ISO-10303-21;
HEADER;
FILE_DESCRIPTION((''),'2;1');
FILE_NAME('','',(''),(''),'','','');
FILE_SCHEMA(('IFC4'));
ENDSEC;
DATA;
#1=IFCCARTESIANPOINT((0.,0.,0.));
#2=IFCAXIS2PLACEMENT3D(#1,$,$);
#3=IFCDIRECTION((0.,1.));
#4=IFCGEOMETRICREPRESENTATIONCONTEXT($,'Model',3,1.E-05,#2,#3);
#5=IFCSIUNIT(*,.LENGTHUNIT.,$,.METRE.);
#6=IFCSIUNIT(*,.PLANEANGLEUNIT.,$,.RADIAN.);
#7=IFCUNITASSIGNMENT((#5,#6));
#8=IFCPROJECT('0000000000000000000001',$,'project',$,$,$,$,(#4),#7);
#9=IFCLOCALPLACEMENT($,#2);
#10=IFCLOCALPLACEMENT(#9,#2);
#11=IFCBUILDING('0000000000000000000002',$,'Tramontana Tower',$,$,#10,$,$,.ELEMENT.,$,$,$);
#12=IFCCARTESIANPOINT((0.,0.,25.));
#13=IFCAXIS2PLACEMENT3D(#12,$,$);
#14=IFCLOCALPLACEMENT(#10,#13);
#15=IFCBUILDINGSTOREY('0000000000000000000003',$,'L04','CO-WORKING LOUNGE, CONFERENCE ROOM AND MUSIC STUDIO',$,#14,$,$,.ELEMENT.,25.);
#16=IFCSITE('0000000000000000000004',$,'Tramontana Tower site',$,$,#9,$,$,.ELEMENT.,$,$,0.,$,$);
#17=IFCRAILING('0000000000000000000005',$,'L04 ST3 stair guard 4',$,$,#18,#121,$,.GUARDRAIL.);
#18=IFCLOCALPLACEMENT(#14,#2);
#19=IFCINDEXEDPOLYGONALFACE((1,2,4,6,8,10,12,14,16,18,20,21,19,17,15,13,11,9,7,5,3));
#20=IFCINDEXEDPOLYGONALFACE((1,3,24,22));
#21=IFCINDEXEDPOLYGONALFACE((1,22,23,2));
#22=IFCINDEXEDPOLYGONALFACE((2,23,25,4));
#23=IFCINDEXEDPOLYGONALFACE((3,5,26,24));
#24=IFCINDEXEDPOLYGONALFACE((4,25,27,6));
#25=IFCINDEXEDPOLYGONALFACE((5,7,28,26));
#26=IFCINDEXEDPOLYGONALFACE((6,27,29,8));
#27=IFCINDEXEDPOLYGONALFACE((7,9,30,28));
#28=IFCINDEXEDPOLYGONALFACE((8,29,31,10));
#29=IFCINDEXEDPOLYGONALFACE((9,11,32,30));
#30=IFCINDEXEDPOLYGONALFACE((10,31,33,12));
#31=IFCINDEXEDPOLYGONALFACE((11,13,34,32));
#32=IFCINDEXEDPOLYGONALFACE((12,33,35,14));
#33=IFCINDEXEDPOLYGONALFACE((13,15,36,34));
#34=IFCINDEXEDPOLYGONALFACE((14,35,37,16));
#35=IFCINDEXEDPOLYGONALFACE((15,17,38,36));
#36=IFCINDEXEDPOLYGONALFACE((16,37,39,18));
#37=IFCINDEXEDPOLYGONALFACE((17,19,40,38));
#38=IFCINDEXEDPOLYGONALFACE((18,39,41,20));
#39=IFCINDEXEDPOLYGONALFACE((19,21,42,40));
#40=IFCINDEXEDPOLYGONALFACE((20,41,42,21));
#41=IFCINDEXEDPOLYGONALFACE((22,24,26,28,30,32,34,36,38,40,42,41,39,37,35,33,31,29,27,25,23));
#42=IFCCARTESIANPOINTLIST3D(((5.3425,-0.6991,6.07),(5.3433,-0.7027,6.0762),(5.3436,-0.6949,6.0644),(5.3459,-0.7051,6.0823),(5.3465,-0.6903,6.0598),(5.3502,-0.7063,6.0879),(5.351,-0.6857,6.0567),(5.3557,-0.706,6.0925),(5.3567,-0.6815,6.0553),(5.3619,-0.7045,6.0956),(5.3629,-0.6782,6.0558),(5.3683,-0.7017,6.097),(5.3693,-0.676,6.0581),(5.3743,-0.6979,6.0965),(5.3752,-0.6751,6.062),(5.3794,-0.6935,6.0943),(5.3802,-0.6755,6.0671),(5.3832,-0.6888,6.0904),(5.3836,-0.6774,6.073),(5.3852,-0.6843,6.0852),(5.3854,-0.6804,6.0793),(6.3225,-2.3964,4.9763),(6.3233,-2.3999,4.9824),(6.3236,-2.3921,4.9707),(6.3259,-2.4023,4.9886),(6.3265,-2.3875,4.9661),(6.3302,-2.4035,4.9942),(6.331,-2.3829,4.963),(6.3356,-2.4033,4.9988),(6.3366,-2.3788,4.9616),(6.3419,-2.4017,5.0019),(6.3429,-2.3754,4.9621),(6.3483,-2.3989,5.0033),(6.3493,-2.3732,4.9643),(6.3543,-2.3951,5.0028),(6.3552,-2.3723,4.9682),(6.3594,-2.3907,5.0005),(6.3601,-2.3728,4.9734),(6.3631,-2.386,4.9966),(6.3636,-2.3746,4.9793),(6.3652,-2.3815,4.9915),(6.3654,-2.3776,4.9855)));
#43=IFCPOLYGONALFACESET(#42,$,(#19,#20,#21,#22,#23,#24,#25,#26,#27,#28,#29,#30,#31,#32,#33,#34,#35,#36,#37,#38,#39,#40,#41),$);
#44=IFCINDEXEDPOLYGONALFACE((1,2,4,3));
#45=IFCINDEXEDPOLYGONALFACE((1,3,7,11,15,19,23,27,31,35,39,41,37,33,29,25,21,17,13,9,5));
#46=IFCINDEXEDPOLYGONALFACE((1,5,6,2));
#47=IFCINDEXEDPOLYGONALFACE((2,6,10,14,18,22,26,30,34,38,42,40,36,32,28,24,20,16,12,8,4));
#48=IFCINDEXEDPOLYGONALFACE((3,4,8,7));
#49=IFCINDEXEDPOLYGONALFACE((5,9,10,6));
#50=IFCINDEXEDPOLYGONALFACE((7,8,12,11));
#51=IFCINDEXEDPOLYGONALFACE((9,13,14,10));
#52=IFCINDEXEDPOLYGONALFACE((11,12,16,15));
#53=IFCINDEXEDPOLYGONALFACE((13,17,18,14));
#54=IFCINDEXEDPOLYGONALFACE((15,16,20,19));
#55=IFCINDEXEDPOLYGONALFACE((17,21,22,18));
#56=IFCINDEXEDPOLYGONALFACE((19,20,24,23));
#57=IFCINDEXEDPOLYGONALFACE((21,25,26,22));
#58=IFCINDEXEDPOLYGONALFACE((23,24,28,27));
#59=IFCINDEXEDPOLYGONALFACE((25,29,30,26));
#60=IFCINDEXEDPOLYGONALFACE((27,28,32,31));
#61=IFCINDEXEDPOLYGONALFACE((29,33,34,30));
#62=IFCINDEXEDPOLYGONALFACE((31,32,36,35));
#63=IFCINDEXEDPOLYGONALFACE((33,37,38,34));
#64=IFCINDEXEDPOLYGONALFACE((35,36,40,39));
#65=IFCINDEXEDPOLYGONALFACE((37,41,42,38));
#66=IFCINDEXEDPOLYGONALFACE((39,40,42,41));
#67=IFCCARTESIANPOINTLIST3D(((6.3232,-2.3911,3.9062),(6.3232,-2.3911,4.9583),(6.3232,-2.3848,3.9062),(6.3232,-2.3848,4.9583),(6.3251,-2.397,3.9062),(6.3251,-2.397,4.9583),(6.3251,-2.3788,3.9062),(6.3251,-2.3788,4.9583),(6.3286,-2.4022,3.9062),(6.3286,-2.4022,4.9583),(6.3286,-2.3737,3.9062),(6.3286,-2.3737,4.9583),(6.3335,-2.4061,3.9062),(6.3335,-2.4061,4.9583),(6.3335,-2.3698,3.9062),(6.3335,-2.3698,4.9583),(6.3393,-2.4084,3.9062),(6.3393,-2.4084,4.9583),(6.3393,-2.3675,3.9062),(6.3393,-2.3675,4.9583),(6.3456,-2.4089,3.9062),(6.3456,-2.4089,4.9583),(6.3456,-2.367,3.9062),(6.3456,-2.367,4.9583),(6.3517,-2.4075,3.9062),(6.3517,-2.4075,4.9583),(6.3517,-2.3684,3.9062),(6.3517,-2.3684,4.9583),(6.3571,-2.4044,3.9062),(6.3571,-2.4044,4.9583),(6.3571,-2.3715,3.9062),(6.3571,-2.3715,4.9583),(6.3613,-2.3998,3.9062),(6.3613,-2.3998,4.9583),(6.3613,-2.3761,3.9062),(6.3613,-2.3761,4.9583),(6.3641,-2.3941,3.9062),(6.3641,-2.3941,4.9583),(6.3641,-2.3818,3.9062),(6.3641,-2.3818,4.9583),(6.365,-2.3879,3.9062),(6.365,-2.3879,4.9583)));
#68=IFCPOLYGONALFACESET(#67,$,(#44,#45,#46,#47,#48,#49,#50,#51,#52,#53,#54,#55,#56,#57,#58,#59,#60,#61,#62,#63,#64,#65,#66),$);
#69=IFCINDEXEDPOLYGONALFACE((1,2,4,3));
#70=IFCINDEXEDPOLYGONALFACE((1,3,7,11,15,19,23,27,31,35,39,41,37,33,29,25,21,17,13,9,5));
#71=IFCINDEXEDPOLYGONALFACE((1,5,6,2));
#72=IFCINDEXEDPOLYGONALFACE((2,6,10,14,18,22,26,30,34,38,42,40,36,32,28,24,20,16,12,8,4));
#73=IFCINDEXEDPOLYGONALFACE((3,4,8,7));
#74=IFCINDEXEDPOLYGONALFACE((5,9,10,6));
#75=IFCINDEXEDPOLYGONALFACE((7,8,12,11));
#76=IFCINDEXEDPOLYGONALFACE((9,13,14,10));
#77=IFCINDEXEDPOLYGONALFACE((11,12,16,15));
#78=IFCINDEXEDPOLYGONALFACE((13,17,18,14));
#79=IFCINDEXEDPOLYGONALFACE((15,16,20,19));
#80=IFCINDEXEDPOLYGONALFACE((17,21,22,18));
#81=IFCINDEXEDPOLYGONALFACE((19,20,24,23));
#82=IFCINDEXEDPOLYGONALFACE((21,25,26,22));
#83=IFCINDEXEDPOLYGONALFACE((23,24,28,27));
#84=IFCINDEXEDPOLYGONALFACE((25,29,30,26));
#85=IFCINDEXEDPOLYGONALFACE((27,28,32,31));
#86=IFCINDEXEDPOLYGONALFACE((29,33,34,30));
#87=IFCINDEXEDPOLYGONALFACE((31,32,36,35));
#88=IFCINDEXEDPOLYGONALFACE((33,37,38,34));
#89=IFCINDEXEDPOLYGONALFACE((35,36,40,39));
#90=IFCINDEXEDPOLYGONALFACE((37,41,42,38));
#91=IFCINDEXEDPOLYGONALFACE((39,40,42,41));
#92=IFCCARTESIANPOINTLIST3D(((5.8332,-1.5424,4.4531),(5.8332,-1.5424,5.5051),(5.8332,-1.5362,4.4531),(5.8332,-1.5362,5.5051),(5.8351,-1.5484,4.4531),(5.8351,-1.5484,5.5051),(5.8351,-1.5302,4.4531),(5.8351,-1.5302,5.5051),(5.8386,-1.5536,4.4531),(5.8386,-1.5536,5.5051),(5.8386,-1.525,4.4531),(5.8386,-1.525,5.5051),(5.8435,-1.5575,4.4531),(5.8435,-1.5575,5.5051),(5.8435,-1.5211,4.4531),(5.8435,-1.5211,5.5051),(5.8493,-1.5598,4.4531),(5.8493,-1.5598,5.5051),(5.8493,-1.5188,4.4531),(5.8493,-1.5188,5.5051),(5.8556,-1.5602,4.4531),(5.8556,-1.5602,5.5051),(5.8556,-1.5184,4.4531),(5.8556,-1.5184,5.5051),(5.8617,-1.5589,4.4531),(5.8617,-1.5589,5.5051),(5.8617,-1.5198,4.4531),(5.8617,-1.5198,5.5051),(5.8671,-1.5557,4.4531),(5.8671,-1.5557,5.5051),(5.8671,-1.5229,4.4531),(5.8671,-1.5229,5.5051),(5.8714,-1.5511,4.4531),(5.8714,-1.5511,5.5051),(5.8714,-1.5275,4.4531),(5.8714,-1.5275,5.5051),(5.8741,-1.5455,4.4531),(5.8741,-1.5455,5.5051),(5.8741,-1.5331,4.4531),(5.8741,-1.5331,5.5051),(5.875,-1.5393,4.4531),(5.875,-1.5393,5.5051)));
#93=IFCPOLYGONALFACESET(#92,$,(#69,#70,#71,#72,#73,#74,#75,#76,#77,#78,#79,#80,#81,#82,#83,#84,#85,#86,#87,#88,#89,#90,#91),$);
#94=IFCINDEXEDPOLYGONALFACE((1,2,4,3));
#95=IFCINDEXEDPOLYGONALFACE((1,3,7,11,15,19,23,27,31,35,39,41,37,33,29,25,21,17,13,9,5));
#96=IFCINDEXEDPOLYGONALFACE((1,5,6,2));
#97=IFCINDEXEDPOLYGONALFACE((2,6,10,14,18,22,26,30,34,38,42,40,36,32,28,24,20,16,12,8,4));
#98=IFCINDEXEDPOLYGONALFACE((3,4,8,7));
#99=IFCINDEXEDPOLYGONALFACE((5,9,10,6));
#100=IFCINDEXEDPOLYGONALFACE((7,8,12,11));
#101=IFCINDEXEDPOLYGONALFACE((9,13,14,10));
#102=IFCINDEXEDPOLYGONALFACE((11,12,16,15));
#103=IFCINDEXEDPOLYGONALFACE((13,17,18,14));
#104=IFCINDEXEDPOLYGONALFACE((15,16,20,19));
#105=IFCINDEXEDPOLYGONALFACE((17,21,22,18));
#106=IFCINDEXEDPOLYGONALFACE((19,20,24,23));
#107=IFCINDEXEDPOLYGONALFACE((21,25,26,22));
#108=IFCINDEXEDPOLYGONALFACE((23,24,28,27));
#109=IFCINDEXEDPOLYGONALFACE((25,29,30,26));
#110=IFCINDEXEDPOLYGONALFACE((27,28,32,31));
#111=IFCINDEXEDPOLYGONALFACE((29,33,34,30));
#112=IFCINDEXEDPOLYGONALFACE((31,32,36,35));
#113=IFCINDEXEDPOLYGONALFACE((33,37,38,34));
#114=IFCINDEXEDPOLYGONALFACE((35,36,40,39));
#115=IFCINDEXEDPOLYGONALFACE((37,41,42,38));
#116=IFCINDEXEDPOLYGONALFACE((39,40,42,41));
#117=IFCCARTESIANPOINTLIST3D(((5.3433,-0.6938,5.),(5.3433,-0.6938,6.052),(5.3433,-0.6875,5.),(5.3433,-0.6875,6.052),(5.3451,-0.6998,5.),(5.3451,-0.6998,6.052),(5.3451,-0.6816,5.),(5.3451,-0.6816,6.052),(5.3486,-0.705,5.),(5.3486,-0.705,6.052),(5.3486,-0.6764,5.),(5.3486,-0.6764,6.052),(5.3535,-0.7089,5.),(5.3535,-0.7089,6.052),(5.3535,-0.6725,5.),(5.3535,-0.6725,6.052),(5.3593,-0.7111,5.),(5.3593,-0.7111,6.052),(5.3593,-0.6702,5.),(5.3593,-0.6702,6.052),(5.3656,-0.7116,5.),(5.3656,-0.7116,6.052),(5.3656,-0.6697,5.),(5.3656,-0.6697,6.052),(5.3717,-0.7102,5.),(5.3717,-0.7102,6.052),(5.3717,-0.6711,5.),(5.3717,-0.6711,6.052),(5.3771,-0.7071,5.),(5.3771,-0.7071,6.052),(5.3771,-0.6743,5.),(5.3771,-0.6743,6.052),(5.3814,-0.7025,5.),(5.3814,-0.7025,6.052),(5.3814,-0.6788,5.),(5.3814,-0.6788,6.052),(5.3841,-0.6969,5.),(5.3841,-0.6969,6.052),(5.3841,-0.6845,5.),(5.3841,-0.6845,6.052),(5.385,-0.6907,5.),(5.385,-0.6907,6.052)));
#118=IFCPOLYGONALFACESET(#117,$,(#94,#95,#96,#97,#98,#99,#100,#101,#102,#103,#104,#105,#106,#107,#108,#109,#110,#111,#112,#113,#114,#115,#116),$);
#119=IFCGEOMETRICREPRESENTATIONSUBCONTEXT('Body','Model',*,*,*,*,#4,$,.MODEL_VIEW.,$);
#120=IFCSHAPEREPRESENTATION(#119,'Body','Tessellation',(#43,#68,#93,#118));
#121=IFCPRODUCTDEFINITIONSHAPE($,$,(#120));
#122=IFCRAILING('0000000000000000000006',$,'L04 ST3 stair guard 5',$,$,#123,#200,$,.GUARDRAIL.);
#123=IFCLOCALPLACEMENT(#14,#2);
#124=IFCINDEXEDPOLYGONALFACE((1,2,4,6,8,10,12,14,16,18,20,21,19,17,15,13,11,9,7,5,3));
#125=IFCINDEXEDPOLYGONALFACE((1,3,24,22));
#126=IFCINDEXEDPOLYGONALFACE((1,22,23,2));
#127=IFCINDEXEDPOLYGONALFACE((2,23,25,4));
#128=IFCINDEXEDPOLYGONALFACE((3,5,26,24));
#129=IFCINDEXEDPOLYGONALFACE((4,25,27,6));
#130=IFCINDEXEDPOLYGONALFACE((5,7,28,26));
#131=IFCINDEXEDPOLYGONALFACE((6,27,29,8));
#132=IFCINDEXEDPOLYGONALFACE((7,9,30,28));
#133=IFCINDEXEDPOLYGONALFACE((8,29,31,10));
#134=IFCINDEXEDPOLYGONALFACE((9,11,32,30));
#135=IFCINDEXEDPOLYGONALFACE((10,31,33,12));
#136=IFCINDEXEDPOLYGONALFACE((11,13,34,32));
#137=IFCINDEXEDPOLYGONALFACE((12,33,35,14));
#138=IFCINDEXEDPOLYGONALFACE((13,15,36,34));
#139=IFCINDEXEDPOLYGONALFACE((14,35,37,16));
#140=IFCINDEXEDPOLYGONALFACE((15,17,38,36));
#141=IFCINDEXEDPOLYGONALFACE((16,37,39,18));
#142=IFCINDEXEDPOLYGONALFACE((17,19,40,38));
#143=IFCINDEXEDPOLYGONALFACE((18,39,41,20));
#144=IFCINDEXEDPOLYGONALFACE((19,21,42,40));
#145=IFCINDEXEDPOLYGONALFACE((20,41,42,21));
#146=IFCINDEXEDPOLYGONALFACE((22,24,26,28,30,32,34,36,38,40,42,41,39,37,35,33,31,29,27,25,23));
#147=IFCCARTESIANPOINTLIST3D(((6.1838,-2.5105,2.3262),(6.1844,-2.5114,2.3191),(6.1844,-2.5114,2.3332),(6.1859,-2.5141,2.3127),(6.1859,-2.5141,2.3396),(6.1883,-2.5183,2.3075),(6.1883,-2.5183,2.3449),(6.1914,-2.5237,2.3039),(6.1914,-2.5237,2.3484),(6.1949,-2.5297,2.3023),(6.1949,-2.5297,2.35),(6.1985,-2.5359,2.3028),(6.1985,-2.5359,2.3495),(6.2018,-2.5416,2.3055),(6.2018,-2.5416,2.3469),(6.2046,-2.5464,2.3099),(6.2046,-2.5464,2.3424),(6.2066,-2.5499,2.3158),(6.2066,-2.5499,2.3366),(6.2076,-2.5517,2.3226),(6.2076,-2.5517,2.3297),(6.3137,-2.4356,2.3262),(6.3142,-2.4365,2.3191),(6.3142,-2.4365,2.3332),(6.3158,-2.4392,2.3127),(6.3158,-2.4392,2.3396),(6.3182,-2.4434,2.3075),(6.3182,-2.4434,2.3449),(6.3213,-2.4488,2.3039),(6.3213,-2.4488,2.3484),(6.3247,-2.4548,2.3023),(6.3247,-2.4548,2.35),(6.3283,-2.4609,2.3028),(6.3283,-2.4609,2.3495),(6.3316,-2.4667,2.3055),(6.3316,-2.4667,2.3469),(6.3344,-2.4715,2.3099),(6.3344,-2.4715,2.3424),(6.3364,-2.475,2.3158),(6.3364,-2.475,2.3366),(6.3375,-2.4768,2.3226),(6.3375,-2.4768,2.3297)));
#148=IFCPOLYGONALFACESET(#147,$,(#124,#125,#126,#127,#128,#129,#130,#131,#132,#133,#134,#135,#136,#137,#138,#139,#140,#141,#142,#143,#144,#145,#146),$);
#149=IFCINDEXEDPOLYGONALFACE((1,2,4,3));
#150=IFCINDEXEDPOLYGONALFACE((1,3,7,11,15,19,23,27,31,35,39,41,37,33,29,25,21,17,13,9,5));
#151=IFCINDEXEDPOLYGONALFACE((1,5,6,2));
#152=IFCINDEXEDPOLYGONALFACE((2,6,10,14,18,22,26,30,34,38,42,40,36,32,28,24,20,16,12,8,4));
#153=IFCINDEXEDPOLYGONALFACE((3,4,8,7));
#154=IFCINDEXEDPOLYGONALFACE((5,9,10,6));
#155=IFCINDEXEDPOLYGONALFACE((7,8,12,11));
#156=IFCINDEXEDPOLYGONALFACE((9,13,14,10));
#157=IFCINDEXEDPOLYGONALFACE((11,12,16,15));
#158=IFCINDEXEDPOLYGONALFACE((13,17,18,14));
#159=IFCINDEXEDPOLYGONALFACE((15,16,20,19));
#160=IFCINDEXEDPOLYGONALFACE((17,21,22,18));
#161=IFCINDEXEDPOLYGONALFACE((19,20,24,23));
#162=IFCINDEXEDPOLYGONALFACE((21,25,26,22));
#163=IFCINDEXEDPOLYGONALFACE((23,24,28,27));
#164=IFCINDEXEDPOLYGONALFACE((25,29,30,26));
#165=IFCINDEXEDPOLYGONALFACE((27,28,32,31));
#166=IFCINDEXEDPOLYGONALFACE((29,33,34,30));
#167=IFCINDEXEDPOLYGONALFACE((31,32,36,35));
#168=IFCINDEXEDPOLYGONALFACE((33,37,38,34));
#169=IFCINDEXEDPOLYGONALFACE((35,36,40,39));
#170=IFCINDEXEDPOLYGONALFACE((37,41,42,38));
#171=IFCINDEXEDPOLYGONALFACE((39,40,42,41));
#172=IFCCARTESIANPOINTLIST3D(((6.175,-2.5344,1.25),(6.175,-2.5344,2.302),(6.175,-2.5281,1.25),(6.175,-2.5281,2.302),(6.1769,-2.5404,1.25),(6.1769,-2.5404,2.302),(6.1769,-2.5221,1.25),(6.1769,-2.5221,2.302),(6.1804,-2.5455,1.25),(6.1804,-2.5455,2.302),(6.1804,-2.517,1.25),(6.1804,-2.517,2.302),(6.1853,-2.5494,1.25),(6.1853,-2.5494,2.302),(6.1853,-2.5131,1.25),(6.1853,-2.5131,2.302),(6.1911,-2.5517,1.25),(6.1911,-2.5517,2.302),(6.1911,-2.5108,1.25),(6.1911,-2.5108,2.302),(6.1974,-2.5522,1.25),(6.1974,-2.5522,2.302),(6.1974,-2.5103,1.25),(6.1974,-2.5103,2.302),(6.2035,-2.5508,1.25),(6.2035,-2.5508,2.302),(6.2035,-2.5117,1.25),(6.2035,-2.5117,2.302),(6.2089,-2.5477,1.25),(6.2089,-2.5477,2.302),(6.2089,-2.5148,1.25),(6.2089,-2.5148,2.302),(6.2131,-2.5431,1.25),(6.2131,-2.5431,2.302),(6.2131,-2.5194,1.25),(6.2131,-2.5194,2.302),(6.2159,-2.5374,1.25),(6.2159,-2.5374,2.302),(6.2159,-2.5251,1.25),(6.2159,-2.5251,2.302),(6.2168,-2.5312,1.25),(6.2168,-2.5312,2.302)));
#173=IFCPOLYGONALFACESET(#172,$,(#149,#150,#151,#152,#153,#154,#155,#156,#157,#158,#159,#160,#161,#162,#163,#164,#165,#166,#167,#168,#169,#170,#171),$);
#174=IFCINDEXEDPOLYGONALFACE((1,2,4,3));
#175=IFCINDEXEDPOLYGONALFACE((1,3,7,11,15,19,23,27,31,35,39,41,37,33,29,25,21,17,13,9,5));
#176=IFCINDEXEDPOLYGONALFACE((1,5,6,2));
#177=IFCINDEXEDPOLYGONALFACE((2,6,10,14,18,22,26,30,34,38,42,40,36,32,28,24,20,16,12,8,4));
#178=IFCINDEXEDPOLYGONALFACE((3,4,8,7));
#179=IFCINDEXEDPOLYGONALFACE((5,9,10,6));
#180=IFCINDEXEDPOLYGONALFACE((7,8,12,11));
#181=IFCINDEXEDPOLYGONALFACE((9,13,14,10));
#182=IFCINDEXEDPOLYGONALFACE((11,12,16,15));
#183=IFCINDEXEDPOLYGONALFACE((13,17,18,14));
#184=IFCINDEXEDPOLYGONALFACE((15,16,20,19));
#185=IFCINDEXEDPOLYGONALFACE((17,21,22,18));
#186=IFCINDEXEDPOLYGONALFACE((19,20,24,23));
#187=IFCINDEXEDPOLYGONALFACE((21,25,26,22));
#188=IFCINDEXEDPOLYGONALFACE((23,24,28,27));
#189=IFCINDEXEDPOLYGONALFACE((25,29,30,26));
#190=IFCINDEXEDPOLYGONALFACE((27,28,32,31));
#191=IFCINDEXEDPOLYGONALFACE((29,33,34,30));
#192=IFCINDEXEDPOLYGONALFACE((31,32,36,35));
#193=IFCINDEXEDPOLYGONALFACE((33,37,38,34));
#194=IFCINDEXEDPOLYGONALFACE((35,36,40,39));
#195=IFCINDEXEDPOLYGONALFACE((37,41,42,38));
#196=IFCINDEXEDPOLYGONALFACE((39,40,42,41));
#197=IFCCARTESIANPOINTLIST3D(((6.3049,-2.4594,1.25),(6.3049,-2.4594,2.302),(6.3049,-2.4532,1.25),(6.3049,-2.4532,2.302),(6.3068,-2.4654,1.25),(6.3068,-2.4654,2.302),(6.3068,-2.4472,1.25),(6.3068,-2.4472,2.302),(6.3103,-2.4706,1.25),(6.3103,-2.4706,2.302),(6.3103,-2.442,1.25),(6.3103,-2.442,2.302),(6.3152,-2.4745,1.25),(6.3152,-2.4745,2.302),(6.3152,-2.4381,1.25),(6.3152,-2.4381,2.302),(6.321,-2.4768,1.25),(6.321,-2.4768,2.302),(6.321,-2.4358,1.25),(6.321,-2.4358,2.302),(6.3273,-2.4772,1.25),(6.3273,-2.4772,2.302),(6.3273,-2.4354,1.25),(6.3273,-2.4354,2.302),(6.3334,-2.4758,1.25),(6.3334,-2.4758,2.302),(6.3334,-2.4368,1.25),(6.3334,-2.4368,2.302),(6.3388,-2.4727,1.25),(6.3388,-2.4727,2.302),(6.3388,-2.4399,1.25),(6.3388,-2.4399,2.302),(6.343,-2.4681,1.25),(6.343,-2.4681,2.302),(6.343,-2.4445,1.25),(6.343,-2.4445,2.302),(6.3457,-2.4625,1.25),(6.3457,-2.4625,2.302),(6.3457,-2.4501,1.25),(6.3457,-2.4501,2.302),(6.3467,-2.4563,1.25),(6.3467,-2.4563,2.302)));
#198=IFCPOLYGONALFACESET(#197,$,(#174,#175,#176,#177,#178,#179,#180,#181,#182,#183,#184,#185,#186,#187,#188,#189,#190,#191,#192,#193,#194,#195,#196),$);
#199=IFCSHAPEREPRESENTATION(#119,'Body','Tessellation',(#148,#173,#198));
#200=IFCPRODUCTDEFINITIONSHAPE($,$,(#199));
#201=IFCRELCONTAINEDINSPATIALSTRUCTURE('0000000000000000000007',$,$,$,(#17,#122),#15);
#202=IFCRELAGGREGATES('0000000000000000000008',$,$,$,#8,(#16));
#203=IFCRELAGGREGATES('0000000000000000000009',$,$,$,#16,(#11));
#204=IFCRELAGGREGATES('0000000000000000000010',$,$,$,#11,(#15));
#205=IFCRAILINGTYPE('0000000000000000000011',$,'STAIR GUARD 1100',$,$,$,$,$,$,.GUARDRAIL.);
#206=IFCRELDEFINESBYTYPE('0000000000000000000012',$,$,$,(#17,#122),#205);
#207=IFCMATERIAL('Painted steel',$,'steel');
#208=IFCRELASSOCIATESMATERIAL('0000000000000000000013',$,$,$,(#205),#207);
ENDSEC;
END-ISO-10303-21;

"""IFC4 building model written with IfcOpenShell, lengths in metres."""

from ifc_helpers import new_model, si_unit, direction, frame, origin, origin_2d, place, context, subcontext, project, spatial, circle, extrude, material, type_object, element, save


model = new_model("IFC4")

# Units and contexts
model_context = context("Model", 3, precision=1e-05, world=origin(), true_north=direction((0.0, 1.0)))
body_context = subcontext(model_context, "Body", "Model", "MODEL_VIEW")
ifc_project = project(units=[si_unit("LENGTHUNIT", "METRE"), si_unit("PLANEANGLEUNIT", "RADIAN")], contexts=[model_context])

# Site, building, storey
site_placement = place(None, origin())
site = spatial("IfcSite", under=ifc_project, at=site_placement, Name="Tramontana Tower site", CompositionType="ELEMENT", RefElevation=0.0)
building_placement = place(site_placement, origin())
building = spatial("IfcBuilding", under=site, at=building_placement, Name="Tramontana Tower", CompositionType="ELEMENT")
storey_placement = place(building_placement, frame((0.0, 0.0, 25.0)))
storey = spatial("IfcBuildingStorey", under=building, at=storey_placement, Name="L04", Description="CO-WORKING LOUNGE, CONFERENCE ROOM AND MUSIC STUDIO", CompositionType="ELEMENT", Elevation=25.0)

# Railings
ifc_material_1 = material(Name="Painted steel", Category="steel")
railing_type_1 = type_object("IfcRailingType", Name="STAIR GUARD 1100", PredefinedType="GUARDRAIL", material=ifc_material_1)
for number, where, name in (
    (1, (6.344, -2.3879, 3.9062), "L04 ST3 stair guard 4"),
):
    element("IfcRailing", number, at=place(storey_placement, frame(where)), inside=storey, type_object=railing_type_1, Name=name, PredefinedType="GUARDRAIL", context=body_context, shape_type="SweptSolid", body=[
        extrude(circle(Radius=0.0239, at=origin_2d()), frame((0.0, 0.0, 1.0762), z_axis=(-0.436632, 0.75622, 0.487323), x_axis=(-0.866011, -0.500024, 0.0)), (0.0, 0.0, 1.0), 2.2444),
        extrude(circle(Radius=0.021, at=origin_2d()), origin(), (0.0, 0.0, 1.0), 1.052),
        extrude(circle(Radius=0.021, at=origin_2d()), frame((-0.49, 0.8486, 0.5469)), (0.0, 0.0, 1.0), 1.052),
        extrude(circle(Radius=0.021, at=origin_2d()), frame((-0.98, 1.6973, 1.0938)), (0.0, 0.0, 1.0), 1.052),
    ])
for number, where, name in (
    (2, (6.1958, -2.5312, 1.25), "L04 ST3 stair guard 5"),
):
    element("IfcRailing", number, at=place(storey_placement, frame(where)), inside=storey, type_object=railing_type_1, Name=name, PredefinedType="GUARDRAIL", context=body_context, shape_type="SweptSolid", body=[
        extrude(circle(Radius=0.0239, at=origin_2d()), frame((0.0, 0.0, 1.0762), z_axis=(0.866131, 0.499816, 0.0), x_axis=(-0.499816, 0.866131, 0.0)), (0.0, 0.0, 1.0), 0.1499),
        extrude(circle(Radius=0.021, at=origin_2d()), origin(), (0.0, 0.0, 1.0), 1.052),
        extrude(circle(Radius=0.021, at=origin_2d()), frame((0.1299, 0.075, 0.0)), (0.0, 0.0, 1.0), 1.052),
    ])

save(model, "model.ifc")
